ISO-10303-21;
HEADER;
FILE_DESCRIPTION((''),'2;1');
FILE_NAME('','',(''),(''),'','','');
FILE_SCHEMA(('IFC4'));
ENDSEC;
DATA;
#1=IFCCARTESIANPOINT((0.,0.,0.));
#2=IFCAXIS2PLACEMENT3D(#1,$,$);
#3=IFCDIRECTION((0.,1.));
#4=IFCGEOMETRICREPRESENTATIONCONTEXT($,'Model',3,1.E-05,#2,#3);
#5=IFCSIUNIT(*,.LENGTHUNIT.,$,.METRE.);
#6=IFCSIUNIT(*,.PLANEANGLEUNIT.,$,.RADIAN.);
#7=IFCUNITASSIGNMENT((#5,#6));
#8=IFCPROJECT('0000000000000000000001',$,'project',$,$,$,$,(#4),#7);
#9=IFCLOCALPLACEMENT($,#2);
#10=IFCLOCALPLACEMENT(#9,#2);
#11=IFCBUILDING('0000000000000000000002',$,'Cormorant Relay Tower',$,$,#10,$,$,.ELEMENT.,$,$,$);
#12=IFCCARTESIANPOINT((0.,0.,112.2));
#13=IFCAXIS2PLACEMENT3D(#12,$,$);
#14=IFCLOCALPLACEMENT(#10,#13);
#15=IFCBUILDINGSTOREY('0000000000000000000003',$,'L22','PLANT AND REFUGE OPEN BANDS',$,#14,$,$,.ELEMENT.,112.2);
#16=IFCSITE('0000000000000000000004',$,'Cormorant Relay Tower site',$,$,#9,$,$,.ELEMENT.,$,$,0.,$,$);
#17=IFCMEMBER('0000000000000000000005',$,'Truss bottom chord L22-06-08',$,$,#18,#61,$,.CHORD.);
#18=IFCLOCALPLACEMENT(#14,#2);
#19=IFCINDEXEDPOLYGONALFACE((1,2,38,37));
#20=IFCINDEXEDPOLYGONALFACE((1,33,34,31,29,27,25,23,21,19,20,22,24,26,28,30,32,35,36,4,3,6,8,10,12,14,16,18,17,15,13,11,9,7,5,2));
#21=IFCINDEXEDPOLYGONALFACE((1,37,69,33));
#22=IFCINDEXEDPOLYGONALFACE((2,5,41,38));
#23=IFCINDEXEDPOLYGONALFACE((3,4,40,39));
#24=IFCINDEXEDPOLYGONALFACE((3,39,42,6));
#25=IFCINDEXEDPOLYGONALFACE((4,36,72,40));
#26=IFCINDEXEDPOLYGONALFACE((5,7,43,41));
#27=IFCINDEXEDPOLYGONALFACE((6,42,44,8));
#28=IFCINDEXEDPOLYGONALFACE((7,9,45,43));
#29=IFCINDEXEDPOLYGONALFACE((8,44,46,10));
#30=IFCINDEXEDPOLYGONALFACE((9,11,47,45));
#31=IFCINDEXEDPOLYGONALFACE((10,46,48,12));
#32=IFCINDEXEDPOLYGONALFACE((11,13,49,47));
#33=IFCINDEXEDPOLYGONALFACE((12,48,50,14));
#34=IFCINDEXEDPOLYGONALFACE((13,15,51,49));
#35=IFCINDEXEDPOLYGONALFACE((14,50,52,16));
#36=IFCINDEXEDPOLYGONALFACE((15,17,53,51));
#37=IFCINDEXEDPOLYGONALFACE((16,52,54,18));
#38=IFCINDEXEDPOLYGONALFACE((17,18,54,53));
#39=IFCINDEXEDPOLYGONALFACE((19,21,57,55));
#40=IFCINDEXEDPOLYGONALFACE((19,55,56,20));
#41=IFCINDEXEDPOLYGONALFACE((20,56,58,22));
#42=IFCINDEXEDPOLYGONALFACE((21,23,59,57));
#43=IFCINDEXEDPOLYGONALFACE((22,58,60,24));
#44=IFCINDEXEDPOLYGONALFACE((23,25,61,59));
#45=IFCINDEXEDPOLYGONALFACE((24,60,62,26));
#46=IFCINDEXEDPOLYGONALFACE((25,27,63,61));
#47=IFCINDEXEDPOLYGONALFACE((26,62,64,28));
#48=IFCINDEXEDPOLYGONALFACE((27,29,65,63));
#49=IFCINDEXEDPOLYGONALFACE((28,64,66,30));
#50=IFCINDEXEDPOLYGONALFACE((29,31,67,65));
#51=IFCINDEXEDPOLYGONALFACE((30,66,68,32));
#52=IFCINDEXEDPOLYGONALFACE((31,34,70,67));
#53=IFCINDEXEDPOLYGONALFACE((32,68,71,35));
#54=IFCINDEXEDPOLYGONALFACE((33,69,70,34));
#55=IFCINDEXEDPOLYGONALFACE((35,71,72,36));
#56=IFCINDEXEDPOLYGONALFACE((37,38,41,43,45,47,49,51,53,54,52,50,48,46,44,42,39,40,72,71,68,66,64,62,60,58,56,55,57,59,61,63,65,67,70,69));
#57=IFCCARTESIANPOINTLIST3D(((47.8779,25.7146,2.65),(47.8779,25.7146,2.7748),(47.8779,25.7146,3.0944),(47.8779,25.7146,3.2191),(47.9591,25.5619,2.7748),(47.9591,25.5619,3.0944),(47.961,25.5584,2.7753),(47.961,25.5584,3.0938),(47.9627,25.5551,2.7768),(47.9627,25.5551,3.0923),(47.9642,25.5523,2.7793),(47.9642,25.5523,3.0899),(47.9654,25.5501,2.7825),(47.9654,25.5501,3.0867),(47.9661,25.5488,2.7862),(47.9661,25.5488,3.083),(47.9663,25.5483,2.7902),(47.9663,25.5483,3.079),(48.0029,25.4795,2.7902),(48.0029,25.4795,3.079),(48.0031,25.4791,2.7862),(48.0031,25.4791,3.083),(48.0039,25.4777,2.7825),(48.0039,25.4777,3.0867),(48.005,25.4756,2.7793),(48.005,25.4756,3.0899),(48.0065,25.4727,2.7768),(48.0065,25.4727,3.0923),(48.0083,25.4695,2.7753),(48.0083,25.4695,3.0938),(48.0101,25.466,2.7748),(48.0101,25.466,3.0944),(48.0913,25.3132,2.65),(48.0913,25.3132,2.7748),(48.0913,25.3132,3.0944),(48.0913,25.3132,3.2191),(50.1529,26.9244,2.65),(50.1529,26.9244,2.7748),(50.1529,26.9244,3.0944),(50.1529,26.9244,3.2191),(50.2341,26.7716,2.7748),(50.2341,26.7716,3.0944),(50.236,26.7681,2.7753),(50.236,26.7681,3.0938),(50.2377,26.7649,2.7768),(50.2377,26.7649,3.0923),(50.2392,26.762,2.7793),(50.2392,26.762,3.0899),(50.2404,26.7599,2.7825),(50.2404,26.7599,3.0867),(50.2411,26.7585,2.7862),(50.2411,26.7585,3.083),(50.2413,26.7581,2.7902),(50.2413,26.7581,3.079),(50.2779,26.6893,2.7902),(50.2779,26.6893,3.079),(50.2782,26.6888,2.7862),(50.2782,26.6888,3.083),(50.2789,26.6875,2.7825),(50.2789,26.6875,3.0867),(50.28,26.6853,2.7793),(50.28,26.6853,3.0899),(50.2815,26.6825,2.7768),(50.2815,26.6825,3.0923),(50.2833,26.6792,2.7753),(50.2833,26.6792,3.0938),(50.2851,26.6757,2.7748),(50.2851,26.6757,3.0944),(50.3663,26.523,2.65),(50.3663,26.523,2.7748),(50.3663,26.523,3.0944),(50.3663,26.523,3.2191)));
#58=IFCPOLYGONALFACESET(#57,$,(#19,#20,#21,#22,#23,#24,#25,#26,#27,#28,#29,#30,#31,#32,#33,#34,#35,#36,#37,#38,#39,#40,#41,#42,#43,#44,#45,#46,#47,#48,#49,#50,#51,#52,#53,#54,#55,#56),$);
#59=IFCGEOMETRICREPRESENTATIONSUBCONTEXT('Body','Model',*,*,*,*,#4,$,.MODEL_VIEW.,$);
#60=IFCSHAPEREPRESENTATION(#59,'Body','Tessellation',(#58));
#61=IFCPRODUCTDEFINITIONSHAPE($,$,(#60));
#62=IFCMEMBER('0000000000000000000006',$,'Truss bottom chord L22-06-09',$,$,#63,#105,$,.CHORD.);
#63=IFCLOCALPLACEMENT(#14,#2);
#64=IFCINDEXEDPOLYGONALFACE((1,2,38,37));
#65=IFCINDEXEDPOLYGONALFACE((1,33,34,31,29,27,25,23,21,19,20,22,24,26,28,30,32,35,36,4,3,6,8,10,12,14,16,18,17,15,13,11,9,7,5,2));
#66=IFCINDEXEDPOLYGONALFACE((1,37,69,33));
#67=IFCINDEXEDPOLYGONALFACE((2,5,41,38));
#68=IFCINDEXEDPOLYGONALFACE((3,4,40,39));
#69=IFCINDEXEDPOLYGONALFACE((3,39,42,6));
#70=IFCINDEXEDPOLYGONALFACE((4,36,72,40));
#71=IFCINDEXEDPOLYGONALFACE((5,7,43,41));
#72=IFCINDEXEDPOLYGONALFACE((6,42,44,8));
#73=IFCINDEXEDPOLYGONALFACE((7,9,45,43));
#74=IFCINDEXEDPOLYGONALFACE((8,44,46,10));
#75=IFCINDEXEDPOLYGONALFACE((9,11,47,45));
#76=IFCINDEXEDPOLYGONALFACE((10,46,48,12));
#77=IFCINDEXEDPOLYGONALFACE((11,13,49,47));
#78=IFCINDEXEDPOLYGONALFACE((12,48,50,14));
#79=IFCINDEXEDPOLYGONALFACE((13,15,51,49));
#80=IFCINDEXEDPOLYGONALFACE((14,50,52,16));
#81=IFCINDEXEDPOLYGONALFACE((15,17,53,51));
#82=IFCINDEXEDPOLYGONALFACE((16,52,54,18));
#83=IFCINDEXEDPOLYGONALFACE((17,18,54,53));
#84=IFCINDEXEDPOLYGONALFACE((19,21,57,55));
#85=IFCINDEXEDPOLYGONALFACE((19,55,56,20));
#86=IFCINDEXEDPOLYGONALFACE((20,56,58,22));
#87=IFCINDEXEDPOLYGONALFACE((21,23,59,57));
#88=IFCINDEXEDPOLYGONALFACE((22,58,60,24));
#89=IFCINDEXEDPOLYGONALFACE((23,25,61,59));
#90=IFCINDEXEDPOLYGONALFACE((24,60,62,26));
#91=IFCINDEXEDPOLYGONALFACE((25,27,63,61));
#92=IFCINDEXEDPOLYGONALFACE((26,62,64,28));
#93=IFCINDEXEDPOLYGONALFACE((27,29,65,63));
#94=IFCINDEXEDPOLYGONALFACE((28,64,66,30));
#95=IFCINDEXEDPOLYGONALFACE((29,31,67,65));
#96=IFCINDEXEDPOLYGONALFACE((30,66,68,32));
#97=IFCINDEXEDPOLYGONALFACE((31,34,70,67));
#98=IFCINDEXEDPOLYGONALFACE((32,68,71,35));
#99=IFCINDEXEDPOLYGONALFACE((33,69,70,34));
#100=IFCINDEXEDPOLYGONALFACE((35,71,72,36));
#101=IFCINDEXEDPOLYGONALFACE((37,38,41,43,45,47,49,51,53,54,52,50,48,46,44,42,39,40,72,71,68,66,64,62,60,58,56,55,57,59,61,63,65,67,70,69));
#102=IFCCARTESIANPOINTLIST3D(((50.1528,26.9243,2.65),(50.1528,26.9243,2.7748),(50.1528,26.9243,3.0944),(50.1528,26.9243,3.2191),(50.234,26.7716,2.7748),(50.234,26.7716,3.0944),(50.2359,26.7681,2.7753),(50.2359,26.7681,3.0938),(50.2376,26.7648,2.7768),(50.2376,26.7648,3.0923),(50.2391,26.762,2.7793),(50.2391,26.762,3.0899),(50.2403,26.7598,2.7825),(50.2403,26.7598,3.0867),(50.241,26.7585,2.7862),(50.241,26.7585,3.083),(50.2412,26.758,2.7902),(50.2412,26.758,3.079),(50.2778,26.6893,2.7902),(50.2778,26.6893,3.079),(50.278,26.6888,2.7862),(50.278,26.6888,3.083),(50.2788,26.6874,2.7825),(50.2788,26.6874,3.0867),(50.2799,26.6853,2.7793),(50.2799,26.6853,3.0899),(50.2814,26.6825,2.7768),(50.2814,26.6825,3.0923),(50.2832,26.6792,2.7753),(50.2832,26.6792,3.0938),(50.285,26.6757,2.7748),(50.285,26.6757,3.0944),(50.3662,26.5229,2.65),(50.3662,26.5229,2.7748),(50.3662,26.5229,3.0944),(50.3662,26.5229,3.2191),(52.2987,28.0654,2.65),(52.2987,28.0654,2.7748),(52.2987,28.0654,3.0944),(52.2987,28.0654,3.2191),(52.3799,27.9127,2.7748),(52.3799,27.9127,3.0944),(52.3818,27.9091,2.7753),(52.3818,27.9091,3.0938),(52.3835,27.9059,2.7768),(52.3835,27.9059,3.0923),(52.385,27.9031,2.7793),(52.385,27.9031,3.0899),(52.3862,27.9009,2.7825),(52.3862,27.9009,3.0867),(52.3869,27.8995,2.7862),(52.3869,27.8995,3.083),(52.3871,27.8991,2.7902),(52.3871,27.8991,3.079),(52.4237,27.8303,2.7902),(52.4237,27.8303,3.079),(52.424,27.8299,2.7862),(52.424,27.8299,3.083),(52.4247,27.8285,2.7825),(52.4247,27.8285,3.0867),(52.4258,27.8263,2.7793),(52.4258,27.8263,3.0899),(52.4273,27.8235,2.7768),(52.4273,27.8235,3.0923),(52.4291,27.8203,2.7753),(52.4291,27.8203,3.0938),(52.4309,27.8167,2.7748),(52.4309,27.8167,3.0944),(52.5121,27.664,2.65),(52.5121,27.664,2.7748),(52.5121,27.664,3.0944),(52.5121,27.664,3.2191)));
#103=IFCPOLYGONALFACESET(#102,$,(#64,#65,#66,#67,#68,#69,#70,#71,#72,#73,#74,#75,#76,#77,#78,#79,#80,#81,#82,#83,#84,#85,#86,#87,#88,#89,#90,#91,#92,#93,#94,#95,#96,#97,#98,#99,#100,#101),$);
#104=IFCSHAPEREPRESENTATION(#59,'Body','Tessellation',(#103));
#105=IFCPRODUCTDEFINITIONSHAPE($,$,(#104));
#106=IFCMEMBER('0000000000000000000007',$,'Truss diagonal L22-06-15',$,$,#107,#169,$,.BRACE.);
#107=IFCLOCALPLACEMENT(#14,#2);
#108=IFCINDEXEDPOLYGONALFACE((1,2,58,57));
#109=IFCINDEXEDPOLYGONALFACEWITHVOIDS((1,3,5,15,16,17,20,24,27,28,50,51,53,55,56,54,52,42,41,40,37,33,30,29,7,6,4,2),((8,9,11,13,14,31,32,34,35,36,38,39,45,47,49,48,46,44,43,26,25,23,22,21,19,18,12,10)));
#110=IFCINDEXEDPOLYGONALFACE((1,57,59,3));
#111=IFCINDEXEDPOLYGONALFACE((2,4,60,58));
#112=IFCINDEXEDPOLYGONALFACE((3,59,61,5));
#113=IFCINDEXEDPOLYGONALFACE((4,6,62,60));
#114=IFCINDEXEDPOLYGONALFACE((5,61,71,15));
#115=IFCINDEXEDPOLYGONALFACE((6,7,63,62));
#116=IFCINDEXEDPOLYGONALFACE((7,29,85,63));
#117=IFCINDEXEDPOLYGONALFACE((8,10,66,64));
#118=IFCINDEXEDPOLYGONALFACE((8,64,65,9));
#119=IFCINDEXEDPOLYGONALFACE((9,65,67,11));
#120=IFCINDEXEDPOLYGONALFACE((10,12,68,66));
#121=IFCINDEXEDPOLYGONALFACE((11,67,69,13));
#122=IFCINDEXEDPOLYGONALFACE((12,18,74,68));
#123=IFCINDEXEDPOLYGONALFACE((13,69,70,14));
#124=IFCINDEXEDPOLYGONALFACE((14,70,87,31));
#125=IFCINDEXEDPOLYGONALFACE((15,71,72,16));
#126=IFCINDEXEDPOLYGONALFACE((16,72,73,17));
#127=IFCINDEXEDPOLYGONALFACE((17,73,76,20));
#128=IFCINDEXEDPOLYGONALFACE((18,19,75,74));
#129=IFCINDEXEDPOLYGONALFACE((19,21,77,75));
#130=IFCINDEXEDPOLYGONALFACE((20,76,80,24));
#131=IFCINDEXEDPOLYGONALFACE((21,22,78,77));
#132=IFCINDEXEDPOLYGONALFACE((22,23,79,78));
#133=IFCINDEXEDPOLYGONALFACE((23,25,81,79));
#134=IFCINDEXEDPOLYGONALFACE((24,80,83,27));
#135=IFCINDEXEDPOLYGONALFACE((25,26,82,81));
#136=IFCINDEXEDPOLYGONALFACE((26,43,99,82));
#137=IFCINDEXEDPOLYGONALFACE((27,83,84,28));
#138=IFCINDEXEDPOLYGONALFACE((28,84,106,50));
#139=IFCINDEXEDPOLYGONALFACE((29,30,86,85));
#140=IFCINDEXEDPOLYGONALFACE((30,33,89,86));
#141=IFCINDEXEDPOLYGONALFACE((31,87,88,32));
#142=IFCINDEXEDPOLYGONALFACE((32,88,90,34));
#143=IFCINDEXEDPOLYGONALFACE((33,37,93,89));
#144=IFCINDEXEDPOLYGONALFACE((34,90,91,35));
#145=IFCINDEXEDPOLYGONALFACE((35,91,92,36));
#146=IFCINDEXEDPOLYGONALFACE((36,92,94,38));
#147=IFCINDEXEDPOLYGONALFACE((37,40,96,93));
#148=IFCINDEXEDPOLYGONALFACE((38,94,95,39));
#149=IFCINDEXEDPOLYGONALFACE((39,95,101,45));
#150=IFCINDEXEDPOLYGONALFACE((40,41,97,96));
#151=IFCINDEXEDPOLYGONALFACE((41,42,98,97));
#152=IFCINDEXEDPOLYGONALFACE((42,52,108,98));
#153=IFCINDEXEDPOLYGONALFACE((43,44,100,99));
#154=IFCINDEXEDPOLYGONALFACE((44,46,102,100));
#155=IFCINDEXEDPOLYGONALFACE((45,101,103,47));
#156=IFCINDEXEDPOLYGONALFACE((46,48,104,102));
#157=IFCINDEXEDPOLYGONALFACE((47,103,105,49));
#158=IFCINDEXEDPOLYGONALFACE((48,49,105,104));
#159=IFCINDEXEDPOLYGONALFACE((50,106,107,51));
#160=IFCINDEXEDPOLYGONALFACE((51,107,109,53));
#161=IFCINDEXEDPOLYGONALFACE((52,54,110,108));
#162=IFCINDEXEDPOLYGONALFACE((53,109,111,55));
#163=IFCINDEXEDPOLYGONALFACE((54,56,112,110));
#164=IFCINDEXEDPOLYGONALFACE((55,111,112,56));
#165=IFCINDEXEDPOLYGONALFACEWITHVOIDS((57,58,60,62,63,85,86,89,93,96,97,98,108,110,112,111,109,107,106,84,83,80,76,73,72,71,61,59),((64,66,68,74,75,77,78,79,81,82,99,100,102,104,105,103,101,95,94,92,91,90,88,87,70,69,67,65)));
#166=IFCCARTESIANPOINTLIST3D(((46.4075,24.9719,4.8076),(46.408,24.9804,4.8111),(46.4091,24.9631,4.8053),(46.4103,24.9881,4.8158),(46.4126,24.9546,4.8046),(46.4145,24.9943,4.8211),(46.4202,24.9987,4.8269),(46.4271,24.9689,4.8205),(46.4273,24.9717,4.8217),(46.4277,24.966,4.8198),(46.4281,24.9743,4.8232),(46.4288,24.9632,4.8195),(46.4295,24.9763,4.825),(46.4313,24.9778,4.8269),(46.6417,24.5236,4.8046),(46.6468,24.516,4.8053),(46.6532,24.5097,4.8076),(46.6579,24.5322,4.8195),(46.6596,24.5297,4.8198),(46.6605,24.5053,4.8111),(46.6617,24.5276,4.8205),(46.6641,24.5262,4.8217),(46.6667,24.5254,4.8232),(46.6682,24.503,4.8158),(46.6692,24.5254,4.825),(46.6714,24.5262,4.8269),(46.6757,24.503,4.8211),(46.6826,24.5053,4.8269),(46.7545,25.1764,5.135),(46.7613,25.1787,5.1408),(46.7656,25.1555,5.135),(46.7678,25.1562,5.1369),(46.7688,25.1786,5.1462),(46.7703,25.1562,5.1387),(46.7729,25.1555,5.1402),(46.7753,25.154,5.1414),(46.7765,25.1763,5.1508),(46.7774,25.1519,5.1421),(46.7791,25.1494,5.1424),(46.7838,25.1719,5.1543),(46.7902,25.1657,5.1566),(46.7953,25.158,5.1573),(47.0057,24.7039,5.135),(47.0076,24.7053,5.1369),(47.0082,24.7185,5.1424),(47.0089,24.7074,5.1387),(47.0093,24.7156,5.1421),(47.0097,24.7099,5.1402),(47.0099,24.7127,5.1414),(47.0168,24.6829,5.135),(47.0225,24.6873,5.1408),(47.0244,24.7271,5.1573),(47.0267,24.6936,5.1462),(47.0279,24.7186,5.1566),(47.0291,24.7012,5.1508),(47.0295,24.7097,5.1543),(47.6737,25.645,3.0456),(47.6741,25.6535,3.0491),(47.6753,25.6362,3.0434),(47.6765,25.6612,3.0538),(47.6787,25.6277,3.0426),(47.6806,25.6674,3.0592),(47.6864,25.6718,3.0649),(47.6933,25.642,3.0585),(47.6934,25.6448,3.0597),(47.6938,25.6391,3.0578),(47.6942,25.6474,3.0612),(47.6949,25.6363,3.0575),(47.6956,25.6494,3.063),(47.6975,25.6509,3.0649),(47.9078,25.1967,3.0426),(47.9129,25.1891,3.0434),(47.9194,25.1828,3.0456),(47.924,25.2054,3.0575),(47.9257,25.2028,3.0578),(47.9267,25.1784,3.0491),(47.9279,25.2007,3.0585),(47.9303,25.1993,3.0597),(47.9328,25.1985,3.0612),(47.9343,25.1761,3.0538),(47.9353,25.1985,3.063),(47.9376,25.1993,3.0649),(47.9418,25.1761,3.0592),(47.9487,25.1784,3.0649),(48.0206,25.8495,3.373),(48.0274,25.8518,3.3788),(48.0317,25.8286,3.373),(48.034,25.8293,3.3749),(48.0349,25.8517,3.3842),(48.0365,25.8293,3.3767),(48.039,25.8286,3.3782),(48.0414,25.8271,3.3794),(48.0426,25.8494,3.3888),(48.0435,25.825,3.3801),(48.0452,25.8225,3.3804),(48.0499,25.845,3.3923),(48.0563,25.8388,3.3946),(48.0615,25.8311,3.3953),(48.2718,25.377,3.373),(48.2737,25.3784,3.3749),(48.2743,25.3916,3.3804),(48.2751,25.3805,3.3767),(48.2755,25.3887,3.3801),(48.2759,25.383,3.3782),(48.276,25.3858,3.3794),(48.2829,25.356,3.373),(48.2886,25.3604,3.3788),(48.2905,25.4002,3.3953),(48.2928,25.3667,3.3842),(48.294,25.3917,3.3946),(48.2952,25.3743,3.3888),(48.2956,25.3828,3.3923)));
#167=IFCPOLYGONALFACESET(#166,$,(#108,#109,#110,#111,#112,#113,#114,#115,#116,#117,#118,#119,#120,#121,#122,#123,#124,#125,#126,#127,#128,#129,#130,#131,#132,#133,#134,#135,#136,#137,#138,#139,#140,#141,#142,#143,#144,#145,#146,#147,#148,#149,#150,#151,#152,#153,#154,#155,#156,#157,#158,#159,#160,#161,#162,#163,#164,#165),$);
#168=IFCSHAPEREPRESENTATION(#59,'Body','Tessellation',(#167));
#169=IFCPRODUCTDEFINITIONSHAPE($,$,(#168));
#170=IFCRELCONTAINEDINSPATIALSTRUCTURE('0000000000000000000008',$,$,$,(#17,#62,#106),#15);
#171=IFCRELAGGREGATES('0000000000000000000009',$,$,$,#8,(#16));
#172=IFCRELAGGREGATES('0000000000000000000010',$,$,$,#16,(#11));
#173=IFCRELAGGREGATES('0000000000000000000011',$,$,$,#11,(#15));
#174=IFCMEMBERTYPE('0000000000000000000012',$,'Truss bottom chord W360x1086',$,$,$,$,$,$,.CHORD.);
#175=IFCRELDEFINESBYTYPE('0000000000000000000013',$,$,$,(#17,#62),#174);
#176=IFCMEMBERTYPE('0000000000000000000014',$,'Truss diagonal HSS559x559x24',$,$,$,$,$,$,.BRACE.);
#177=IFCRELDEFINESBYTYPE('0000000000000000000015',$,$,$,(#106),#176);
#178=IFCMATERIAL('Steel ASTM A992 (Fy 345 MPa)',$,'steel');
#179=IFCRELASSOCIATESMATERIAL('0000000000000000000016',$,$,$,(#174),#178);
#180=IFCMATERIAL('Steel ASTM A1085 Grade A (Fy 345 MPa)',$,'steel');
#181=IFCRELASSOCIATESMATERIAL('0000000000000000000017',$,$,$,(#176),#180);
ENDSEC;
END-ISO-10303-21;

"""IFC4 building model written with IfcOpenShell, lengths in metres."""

from ifc_helpers import new_model, si_unit, direction, frame, origin, origin_2d, place, context, subcontext, project, spatial, hollow_rectangle, i_section, extrude, material, material_profile, profile_set, type_object, element, save


model = new_model("IFC4")

# Units and contexts
model_context = context("Model", 3, precision=1e-05, world=origin(), true_north=direction((0.0, 1.0)))
body_context = subcontext(model_context, "Body", "Model", "MODEL_VIEW")
ifc_project = project(units=[si_unit("LENGTHUNIT", "METRE"), si_unit("PLANEANGLEUNIT", "RADIAN")], contexts=[model_context])

# Site, building, storey
site_placement = place(None, origin())
site = spatial("IfcSite", under=ifc_project, at=site_placement, Name="Cormorant Relay Tower site", CompositionType="ELEMENT", RefElevation=0.0)
building_placement = place(site_placement, origin())
building = spatial("IfcBuilding", under=site, at=building_placement, Name="Cormorant Relay Tower", CompositionType="ELEMENT")
storey_placement = place(building_placement, frame((0.0, 0.0, 112.2)))
storey = spatial("IfcBuildingStorey", under=building, at=storey_placement, Name="L22", Description="PLANT AND REFUGE OPEN BANDS", CompositionType="ELEMENT", Elevation=112.2)

# Members
ifc_material_1 = material(Name="Steel ASTM A992 (Fy 345 MPa)", Category="steel")
ifc_material_profile_1 = material_profile(ifc_material_1, i_section(OverallWidth=0.4546, OverallDepth=0.5691, WebThickness=0.0779, FlangeThickness=0.1248, FilletRadius=0.0154, at=origin_2d()), Name="W360x1086")
ifc_profile_set_1 = profile_set([ifc_material_profile_1], Name="Steel ASTM A992 (Fy 345 MPa)")
member_type_1 = type_object("IfcMemberType", Name="Truss bottom chord W360x1086", PredefinedType="CHORD", material=ifc_profile_set_1)
member_1_placement = place(storey_placement, frame((47.9846, 25.5139, 2.9346), z_axis=(0.882927, 0.469511, 0.0), x_axis=(-0.469511, 0.882927, 0.0)))
element("IfcMember", 1, at=member_1_placement, inside=storey, type_object=member_type_1, Name="Truss bottom chord L22-06-08", PredefinedType="CHORD", context=body_context, shape_type="SweptSolid", body=[
    extrude(i_section(OverallWidth=0.4546, OverallDepth=0.5691, WebThickness=0.0779, FlangeThickness=0.1248, FilletRadius=0.0154, at=origin_2d()), origin(), (0.0, 0.0, 1.0), 2.5767),
])
member_2_placement = place(storey_placement, frame((50.2595, 26.7236, 2.9346), z_axis=(0.882936, 0.469493, 0.0), x_axis=(-0.469493, 0.882936, 0.0)))
element("IfcMember", 2, at=member_2_placement, inside=storey, type_object=member_type_1, Name="Truss bottom chord L22-06-09", PredefinedType="CHORD", context=body_context, shape_type="SweptSolid", body=[
    extrude(i_section(OverallWidth=0.4546, OverallDepth=0.5691, WebThickness=0.0779, FlangeThickness=0.1248, FilletRadius=0.0154, at=origin_2d()), origin(), (0.0, 0.0, 1.0), 2.4304),
])
ifc_material_2 = material(Name="Steel ASTM A1085 Grade A (Fy 345 MPa)", Category="steel")
ifc_material_profile_2 = material_profile(ifc_material_2, hollow_rectangle(XDim=0.5588, YDim=0.5588, WallThickness=0.0237, InnerFilletRadius=0.0117, OuterFilletRadius=0.0354, at=origin_2d()), Name="HSS559x559x24")
ifc_profile_set_2 = profile_set([ifc_material_profile_2], Name="Steel ASTM A1085 Grade A (Fy 345 MPa)")
member_type_2 = type_object("IfcMemberType", Name="Truss diagonal HSS559x559x24", PredefinedType="BRACE", material=ifc_profile_set_2)
for number, where, z_axis, x_axis, name in (
    (3, (46.7185, 24.8408, 4.981), (0.557342, 0.296296, -0.775615), (-0.469412, 0.882979, 0.0), "Truss diagonal L22-06-15"),
):
    element("IfcMember", number, at=place(storey_placement, frame(where, z_axis=z_axis, x_axis=x_axis)), inside=storey, type_object=member_type_2, Name=name, PredefinedType="BRACE", context=body_context, shape_type="SweptSolid", body=[
        extrude(hollow_rectangle(XDim=0.5588, YDim=0.5588, WallThickness=0.0237, InnerFilletRadius=0.0117, OuterFilletRadius=0.0354, at=origin_2d()), origin(), (0.0, 0.0, 1.0), 2.2717),
    ])

save(model, "model.ifc")
